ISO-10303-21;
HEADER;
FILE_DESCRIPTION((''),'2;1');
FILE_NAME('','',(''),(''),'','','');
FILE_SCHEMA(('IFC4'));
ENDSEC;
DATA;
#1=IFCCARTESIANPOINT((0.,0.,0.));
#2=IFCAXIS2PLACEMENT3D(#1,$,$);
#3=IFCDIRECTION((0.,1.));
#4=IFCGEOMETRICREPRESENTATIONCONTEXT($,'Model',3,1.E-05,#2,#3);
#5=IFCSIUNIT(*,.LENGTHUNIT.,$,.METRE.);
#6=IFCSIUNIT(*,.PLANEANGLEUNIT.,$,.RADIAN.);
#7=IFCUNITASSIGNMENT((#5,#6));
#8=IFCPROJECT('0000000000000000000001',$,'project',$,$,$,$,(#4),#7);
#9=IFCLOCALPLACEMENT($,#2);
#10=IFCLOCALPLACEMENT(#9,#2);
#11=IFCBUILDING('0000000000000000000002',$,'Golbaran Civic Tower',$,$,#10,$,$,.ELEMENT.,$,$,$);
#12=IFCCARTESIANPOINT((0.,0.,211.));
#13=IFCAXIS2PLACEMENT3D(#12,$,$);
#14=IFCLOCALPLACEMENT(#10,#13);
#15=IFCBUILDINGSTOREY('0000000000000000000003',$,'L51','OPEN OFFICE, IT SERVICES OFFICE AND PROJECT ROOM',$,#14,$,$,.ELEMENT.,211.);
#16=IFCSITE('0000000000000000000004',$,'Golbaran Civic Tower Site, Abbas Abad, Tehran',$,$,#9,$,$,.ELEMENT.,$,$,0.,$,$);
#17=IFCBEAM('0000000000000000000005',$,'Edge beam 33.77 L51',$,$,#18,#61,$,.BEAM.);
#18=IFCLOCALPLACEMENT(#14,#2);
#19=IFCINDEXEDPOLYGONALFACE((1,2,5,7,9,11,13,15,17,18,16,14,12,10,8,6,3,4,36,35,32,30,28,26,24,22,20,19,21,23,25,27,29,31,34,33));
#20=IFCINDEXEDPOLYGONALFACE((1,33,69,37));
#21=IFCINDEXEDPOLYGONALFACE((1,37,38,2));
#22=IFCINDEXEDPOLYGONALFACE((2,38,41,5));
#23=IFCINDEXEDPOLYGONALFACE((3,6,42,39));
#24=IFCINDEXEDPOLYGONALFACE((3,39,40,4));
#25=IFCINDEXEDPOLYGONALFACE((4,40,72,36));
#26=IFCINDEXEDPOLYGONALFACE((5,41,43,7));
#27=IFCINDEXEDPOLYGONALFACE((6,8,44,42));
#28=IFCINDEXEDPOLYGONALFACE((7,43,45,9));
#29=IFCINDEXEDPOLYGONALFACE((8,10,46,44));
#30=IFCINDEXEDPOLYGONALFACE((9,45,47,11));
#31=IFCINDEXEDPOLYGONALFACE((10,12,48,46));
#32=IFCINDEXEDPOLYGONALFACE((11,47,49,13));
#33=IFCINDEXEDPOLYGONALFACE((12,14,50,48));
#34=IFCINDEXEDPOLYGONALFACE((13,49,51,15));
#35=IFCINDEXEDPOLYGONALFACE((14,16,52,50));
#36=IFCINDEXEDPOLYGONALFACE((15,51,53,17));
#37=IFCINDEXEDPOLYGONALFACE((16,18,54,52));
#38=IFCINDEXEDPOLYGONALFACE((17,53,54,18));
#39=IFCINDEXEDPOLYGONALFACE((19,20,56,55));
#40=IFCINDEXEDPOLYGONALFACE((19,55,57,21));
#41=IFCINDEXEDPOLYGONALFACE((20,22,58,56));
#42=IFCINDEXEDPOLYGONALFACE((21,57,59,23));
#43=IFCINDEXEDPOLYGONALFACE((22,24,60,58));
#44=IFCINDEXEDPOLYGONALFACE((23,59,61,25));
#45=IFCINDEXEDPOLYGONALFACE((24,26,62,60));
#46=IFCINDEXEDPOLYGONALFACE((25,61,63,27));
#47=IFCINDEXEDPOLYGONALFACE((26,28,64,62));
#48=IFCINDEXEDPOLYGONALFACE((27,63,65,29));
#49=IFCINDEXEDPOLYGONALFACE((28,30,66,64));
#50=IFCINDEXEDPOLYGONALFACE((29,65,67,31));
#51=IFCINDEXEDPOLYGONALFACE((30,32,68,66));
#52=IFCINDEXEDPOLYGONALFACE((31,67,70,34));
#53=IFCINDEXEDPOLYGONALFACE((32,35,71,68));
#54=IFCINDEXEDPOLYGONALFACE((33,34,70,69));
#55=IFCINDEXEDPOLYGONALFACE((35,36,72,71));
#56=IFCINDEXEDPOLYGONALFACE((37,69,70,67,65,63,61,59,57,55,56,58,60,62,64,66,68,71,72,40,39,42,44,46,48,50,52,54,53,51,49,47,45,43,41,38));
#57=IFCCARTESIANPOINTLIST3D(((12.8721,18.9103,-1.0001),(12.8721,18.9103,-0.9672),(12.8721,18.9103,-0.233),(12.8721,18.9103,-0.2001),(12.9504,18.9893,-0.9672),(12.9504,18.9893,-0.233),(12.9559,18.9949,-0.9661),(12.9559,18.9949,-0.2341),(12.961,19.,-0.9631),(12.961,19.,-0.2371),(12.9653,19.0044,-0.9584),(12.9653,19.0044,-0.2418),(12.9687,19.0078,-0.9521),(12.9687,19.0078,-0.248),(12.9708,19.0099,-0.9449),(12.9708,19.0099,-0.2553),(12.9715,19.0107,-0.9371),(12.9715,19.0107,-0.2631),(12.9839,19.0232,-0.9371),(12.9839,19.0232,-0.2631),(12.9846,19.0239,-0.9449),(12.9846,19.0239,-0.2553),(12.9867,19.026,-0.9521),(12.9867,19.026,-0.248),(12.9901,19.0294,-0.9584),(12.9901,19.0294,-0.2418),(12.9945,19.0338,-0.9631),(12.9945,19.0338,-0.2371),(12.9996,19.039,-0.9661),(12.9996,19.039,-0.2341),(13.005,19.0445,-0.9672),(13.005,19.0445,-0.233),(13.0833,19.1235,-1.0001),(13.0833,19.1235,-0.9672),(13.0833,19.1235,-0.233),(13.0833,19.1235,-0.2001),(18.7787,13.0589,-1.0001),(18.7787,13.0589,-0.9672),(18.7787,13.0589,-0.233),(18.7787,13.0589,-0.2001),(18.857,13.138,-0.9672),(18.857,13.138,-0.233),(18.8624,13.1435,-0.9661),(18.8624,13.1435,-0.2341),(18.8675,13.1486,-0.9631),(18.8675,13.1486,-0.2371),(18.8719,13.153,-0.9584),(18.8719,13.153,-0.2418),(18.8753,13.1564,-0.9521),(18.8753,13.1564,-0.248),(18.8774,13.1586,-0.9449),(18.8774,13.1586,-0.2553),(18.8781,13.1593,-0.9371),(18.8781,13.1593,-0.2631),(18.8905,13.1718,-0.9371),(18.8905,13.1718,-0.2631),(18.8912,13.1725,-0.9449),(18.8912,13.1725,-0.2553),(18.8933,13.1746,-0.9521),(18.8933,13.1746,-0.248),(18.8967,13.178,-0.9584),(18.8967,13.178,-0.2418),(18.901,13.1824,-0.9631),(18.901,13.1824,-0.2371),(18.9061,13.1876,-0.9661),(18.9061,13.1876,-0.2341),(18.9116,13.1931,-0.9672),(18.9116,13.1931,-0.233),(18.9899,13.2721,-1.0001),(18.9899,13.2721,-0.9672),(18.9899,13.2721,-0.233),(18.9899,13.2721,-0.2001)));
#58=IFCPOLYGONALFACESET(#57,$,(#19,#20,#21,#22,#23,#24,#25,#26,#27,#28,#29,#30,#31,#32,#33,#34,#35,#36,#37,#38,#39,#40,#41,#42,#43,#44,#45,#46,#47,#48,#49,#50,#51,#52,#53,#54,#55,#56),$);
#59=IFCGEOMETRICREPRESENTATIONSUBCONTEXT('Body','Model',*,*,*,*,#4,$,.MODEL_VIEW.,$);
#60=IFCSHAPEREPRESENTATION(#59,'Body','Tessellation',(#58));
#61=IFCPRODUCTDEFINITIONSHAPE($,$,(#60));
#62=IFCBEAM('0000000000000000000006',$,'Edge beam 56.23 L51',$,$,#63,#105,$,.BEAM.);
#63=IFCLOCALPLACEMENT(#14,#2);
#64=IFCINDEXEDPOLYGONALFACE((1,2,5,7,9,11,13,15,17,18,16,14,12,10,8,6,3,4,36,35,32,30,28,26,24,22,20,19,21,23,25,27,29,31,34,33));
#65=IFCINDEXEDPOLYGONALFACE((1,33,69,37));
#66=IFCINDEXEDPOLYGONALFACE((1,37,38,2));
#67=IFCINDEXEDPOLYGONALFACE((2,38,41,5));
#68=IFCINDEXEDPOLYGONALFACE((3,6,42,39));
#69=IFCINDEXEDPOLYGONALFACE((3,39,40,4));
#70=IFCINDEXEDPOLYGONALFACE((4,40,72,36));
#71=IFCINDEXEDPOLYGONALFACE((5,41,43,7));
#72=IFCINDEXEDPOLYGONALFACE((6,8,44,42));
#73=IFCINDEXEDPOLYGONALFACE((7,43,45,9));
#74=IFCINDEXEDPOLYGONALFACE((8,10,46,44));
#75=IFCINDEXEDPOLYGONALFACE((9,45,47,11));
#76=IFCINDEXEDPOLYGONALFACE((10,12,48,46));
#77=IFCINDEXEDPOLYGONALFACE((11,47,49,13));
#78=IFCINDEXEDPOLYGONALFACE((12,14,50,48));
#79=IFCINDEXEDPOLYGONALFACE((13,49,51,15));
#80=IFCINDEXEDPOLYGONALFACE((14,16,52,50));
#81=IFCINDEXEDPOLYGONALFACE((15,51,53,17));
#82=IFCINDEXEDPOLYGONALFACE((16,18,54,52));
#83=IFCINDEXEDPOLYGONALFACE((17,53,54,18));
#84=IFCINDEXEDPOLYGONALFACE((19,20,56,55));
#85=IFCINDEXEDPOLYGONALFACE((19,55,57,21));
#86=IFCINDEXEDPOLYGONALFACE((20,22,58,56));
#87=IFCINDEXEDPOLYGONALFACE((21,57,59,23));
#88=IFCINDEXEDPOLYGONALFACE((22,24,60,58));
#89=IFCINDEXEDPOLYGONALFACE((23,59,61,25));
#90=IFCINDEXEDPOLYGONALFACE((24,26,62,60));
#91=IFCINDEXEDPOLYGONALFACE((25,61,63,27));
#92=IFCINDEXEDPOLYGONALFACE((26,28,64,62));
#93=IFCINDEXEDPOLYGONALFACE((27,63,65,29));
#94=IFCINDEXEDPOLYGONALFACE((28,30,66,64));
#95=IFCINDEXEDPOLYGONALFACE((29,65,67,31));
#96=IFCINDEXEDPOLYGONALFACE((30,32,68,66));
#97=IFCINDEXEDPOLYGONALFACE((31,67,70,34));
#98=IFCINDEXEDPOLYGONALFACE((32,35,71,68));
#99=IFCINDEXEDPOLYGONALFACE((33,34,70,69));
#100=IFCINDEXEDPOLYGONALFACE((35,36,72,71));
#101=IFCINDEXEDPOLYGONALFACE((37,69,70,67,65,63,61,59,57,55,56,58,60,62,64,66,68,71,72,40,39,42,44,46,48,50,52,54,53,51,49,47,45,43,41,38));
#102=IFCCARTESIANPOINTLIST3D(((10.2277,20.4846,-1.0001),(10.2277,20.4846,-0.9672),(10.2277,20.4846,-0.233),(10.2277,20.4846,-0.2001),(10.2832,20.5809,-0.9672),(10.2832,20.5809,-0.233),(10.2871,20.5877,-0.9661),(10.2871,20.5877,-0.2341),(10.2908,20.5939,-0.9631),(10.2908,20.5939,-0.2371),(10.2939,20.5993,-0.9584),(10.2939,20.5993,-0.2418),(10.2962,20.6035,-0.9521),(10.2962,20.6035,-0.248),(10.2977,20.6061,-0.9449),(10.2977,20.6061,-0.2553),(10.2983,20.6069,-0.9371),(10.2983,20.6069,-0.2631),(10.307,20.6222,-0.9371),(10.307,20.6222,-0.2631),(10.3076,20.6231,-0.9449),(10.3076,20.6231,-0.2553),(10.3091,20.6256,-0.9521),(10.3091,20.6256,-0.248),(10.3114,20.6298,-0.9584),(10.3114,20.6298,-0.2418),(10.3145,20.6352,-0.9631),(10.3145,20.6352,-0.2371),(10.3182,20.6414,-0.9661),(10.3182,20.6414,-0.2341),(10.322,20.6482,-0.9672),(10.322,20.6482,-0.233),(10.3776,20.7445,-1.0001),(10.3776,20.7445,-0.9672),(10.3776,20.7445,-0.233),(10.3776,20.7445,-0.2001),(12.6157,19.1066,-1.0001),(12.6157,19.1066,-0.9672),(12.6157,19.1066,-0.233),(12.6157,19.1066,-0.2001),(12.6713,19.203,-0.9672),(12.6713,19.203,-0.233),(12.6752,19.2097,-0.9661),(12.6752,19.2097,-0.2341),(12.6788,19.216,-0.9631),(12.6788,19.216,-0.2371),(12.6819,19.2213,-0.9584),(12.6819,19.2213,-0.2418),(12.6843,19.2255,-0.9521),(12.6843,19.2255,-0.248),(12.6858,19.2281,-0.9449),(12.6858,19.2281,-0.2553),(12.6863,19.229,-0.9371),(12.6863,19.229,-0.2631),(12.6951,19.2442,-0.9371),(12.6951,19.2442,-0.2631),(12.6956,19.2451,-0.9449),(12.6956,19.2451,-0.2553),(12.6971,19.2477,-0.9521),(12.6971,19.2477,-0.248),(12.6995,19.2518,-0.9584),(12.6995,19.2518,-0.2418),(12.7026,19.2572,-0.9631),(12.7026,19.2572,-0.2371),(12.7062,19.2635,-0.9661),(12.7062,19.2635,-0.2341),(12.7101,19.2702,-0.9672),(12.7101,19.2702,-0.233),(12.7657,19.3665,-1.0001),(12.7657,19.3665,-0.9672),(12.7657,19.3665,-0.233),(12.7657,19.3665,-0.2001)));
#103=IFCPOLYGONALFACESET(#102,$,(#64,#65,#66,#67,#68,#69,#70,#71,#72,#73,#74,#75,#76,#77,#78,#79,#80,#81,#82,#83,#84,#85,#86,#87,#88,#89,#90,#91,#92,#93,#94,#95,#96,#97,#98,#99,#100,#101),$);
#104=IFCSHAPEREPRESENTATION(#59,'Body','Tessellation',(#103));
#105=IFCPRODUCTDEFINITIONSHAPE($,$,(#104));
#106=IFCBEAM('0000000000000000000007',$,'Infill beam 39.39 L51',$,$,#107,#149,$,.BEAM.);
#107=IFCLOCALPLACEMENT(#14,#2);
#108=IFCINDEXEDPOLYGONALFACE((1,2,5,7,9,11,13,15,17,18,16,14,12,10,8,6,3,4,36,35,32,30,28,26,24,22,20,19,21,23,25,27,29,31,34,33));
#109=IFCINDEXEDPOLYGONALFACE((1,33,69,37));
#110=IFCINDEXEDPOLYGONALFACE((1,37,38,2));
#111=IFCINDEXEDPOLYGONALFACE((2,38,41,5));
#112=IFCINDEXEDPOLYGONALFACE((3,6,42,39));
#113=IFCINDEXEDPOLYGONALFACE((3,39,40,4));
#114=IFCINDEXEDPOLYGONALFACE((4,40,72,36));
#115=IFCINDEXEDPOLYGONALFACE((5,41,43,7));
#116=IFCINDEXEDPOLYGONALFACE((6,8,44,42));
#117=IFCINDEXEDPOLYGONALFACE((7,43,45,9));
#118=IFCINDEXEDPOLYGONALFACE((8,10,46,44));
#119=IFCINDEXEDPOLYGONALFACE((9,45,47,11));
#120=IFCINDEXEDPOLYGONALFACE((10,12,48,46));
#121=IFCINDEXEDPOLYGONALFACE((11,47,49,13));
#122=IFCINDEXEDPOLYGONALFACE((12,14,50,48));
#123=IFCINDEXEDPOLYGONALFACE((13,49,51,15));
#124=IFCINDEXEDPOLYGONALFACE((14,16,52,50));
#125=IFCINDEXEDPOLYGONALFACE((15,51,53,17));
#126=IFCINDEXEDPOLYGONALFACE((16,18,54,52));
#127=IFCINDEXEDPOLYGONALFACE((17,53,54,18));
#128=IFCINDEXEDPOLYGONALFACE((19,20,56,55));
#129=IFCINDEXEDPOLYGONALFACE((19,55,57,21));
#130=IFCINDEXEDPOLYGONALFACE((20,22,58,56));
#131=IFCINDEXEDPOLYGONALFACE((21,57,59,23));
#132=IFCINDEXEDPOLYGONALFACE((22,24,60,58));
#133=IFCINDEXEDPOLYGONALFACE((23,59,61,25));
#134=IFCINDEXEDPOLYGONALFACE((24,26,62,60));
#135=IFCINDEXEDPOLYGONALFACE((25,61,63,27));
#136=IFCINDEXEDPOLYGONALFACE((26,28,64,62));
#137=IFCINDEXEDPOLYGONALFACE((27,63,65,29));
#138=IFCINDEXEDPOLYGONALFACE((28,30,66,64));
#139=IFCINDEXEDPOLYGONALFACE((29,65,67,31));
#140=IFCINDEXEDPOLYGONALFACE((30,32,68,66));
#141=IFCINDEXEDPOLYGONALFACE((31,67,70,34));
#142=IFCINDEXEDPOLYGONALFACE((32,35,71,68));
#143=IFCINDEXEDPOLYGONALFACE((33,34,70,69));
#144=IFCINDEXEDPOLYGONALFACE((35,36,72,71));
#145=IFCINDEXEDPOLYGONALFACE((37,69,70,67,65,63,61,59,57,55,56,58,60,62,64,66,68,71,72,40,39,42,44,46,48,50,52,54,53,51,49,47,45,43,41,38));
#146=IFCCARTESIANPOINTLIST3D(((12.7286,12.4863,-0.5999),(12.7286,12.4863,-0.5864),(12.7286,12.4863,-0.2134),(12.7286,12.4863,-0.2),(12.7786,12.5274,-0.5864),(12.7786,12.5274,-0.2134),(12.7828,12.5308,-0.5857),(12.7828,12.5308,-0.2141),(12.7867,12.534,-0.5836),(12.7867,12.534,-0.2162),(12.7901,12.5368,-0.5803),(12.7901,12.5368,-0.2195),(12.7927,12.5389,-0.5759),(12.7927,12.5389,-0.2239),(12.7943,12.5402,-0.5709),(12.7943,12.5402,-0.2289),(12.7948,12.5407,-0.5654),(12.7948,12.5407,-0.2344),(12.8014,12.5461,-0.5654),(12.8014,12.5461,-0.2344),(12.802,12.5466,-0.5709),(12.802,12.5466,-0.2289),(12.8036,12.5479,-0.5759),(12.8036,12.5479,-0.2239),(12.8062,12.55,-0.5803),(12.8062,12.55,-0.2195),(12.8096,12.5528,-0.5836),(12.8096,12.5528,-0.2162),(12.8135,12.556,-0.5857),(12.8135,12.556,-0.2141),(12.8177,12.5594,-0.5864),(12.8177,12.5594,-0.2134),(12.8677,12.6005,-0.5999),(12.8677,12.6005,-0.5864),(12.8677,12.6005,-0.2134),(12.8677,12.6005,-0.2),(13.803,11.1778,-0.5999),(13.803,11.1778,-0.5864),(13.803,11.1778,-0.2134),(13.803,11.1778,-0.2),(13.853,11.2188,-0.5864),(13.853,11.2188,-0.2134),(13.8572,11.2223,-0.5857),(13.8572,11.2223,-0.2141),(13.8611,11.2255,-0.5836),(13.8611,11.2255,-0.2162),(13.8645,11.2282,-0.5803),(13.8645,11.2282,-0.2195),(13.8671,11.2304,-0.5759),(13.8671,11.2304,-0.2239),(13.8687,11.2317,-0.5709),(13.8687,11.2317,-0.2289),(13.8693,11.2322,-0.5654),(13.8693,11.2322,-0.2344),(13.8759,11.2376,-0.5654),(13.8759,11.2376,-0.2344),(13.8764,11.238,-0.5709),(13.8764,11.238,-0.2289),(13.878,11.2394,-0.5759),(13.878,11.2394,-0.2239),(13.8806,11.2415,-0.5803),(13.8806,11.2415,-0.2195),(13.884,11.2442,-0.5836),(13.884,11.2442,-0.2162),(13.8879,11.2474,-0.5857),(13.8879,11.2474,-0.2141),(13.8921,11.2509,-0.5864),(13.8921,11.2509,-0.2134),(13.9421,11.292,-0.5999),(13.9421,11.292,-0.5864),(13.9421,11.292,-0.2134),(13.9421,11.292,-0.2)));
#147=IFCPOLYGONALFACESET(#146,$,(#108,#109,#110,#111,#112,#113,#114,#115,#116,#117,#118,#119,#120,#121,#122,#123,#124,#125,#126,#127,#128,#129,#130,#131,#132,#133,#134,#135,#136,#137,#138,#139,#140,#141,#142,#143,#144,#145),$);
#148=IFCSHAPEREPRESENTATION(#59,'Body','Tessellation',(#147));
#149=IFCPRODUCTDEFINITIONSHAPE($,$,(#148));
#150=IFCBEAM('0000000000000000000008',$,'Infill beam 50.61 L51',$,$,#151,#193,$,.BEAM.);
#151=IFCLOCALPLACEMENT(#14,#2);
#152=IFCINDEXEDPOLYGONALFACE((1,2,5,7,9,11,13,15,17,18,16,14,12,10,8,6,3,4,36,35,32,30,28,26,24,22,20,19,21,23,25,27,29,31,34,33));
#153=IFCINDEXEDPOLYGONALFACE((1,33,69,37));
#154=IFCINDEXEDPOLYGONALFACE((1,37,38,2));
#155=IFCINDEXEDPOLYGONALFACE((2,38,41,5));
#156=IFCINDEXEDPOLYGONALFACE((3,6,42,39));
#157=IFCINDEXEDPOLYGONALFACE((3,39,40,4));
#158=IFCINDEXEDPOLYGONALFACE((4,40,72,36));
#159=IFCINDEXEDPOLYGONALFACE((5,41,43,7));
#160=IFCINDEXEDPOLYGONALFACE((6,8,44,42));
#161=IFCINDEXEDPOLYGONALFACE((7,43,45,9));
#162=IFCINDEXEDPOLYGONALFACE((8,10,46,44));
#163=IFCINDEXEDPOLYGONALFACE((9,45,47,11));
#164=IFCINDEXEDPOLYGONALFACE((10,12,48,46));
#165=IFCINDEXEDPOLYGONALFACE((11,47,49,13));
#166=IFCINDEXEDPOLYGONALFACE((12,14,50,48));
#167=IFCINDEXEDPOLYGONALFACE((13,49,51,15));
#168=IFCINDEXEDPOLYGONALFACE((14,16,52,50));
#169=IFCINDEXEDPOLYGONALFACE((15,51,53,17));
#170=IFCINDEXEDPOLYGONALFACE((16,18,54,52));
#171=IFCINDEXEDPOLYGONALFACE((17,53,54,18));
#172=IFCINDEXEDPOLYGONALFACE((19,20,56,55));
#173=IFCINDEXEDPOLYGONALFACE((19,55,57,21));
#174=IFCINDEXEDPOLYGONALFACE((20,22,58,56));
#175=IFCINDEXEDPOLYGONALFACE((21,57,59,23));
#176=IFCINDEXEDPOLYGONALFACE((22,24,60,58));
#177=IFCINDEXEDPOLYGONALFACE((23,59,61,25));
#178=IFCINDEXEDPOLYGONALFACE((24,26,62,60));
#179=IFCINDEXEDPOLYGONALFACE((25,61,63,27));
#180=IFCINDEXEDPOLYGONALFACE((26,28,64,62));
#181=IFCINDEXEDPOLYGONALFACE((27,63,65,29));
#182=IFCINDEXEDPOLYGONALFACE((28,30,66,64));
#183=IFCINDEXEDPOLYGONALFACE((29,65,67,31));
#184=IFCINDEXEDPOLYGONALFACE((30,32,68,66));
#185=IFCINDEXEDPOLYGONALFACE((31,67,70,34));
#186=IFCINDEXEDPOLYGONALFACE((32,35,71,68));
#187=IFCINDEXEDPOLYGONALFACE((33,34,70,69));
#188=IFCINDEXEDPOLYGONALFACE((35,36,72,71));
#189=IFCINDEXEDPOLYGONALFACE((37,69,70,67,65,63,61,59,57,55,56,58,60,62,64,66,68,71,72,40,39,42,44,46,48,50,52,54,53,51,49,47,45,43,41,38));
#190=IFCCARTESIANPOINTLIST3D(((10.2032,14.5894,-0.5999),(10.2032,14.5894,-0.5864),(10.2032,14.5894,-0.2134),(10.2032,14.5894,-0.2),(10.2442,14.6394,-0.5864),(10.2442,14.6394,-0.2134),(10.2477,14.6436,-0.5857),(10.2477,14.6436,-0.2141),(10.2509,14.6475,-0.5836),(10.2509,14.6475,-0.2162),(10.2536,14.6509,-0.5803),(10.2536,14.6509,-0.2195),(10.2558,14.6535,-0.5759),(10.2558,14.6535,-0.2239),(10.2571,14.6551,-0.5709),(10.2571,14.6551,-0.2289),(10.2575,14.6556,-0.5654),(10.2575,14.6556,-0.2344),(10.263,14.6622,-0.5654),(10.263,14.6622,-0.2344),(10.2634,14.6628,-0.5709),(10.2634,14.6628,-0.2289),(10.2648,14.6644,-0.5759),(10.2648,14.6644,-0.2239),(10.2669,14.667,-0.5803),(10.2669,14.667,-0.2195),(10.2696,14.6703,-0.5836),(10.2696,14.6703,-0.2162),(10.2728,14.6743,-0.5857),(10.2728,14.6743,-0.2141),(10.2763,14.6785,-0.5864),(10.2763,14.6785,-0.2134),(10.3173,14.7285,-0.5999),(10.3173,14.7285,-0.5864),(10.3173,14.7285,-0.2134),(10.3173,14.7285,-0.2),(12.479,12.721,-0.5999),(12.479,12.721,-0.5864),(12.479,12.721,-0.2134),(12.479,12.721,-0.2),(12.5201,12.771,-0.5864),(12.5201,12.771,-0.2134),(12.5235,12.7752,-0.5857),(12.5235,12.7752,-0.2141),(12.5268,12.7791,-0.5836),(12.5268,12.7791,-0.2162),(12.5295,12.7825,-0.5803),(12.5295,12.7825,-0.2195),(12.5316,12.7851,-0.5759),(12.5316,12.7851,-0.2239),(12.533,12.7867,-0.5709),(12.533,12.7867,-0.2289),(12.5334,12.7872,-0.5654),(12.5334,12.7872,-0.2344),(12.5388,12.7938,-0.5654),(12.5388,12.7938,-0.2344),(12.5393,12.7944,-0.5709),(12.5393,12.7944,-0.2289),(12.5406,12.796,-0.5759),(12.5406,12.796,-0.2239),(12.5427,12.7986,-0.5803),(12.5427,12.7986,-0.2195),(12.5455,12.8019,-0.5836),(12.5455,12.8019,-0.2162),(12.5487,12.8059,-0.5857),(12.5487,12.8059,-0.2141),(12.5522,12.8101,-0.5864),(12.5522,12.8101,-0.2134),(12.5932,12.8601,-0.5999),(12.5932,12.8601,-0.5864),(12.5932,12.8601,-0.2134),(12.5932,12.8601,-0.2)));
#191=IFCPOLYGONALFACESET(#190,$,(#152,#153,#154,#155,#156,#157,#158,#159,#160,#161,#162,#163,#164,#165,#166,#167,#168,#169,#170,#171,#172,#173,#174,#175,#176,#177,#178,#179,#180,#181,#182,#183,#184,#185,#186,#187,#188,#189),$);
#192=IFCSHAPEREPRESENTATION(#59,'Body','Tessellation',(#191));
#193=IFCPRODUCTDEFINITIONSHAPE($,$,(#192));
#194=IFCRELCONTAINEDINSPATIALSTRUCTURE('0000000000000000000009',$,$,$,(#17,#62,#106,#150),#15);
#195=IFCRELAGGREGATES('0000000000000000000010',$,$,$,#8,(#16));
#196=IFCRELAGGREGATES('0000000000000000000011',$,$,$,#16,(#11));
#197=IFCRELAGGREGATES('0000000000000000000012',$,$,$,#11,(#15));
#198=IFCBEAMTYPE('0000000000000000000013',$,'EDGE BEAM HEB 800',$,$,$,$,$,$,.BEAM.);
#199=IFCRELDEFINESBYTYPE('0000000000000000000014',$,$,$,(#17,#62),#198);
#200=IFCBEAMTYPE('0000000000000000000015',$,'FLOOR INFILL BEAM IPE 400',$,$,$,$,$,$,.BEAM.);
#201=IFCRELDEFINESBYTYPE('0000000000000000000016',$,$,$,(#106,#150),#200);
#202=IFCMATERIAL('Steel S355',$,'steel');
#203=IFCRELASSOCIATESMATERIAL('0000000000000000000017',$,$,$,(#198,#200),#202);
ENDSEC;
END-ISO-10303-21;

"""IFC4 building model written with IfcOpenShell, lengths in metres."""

from ifc_helpers import new_model, si_unit, direction, frame, origin, origin_2d, place, context, subcontext, project, spatial, i_section, extrude, material, material_profile, profile_set, type_object, element, save


model = new_model("IFC4")

# Units and contexts
model_context = context("Model", 3, precision=1e-05, world=origin(), true_north=direction((0.0, 1.0)))
body_context = subcontext(model_context, "Body", "Model", "MODEL_VIEW")
ifc_project = project(units=[si_unit("LENGTHUNIT", "METRE"), si_unit("PLANEANGLEUNIT", "RADIAN")], contexts=[model_context])

# Site, building, storey
site_placement = place(None, origin())
site = spatial("IfcSite", under=ifc_project, at=site_placement, Name="Golbaran Civic Tower Site, Abbas Abad, Tehran", CompositionType="ELEMENT", RefElevation=0.0)
building_placement = place(site_placement, origin())
building = spatial("IfcBuilding", under=site, at=building_placement, Name="Golbaran Civic Tower", CompositionType="ELEMENT")
storey_placement = place(building_placement, frame((0.0, 0.0, 211.0)))
storey = spatial("IfcBuildingStorey", under=building, at=storey_placement, Name="L51", Description="OPEN OFFICE, IT SERVICES OFFICE AND PROJECT ROOM", CompositionType="ELEMENT", Elevation=211.0)

# Beams
ifc_material_1 = material(Name="Steel S355", Category="steel")
ifc_material_profile_1 = material_profile(ifc_material_1, i_section(OverallWidth=0.3, OverallDepth=0.8, WebThickness=0.0176, FlangeThickness=0.033, FilletRadius=0.03, at=origin_2d()), Name="HEB 800")
ifc_profile_set_1 = profile_set([ifc_material_profile_1], Name="Steel S355")
beam_type_1 = type_object("IfcBeamType", Name="EDGE BEAM HEB 800", PredefinedType="BEAM", material=ifc_profile_set_1)
beam_1_placement = place(storey_placement, frame((18.8843, 13.1655, -0.6001), z_axis=(-0.710417, 0.703781, 0.0), x_axis=(-0.703781, -0.710417, 0.0)))
element("IfcBeam", 1, at=beam_1_placement, inside=storey, type_object=beam_type_1, Name="Edge beam 33.77 L51", PredefinedType="BEAM", context=body_context, shape_type="SweptSolid", body=[
    extrude(i_section(OverallWidth=0.3, OverallDepth=0.8, WebThickness=0.0176, FlangeThickness=0.033, FilletRadius=0.03, at=origin_2d()), origin(), (0.0, 0.0, 1.0), 8.3142),
])
beam_2_placement = place(storey_placement, frame((12.6907, 19.2366, -0.6001), z_axis=(-0.866143, 0.499797, 0.0), x_axis=(-0.499797, -0.866143, 0.0)))
element("IfcBeam", 2, at=beam_2_placement, inside=storey, type_object=beam_type_1, Name="Edge beam 56.23 L51", PredefinedType="BEAM", context=body_context, shape_type="SweptSolid", body=[
    extrude(i_section(OverallWidth=0.3, OverallDepth=0.8, WebThickness=0.0176, FlangeThickness=0.033, FilletRadius=0.03, at=origin_2d()), origin(), (0.0, 0.0, 1.0), 2.7571),
])
ifc_material_profile_2 = material_profile(ifc_material_1, i_section(OverallWidth=0.1799, OverallDepth=0.3999, WebThickness=0.0085, FlangeThickness=0.0134, FilletRadius=0.021, at=origin_2d()), Name="IPE 400")
ifc_profile_set_2 = profile_set([ifc_material_profile_2], Name="Steel S355")
beam_type_2 = type_object("IfcBeamType", Name="FLOOR INFILL BEAM IPE 400", PredefinedType="BEAM", material=ifc_profile_set_2)
beam_3_placement = place(storey_placement, frame((13.8726, 11.2349, -0.3999), z_axis=(-0.63458, 0.772858, 0.0), x_axis=(-0.772858, -0.63458, 0.0)))
element("IfcBeam", 3, at=beam_3_placement, inside=storey, type_object=beam_type_2, Name="Infill beam 39.39 L51", PredefinedType="BEAM", context=body_context, shape_type="SweptSolid", body=[
    extrude(i_section(OverallWidth=0.1799, OverallDepth=0.3999, WebThickness=0.0085, FlangeThickness=0.0134, FilletRadius=0.021, at=origin_2d()), origin(), (0.0, 0.0, 1.0), 1.6931),
])
beam_4_placement = place(storey_placement, frame((12.5361, 12.7905, -0.3999), z_axis=(-0.772903, 0.634524, 0.0), x_axis=(-0.634524, -0.772903, 0.0)))
element("IfcBeam", 4, at=beam_4_placement, inside=storey, type_object=beam_type_2, Name="Infill beam 50.61 L51", PredefinedType="BEAM", context=body_context, shape_type="SweptSolid", body=[
    extrude(i_section(OverallWidth=0.1799, OverallDepth=0.3999, WebThickness=0.0085, FlangeThickness=0.0134, FilletRadius=0.021, at=origin_2d()), origin(), (0.0, 0.0, 1.0), 2.9446),
])

save(model, "model.ifc")
